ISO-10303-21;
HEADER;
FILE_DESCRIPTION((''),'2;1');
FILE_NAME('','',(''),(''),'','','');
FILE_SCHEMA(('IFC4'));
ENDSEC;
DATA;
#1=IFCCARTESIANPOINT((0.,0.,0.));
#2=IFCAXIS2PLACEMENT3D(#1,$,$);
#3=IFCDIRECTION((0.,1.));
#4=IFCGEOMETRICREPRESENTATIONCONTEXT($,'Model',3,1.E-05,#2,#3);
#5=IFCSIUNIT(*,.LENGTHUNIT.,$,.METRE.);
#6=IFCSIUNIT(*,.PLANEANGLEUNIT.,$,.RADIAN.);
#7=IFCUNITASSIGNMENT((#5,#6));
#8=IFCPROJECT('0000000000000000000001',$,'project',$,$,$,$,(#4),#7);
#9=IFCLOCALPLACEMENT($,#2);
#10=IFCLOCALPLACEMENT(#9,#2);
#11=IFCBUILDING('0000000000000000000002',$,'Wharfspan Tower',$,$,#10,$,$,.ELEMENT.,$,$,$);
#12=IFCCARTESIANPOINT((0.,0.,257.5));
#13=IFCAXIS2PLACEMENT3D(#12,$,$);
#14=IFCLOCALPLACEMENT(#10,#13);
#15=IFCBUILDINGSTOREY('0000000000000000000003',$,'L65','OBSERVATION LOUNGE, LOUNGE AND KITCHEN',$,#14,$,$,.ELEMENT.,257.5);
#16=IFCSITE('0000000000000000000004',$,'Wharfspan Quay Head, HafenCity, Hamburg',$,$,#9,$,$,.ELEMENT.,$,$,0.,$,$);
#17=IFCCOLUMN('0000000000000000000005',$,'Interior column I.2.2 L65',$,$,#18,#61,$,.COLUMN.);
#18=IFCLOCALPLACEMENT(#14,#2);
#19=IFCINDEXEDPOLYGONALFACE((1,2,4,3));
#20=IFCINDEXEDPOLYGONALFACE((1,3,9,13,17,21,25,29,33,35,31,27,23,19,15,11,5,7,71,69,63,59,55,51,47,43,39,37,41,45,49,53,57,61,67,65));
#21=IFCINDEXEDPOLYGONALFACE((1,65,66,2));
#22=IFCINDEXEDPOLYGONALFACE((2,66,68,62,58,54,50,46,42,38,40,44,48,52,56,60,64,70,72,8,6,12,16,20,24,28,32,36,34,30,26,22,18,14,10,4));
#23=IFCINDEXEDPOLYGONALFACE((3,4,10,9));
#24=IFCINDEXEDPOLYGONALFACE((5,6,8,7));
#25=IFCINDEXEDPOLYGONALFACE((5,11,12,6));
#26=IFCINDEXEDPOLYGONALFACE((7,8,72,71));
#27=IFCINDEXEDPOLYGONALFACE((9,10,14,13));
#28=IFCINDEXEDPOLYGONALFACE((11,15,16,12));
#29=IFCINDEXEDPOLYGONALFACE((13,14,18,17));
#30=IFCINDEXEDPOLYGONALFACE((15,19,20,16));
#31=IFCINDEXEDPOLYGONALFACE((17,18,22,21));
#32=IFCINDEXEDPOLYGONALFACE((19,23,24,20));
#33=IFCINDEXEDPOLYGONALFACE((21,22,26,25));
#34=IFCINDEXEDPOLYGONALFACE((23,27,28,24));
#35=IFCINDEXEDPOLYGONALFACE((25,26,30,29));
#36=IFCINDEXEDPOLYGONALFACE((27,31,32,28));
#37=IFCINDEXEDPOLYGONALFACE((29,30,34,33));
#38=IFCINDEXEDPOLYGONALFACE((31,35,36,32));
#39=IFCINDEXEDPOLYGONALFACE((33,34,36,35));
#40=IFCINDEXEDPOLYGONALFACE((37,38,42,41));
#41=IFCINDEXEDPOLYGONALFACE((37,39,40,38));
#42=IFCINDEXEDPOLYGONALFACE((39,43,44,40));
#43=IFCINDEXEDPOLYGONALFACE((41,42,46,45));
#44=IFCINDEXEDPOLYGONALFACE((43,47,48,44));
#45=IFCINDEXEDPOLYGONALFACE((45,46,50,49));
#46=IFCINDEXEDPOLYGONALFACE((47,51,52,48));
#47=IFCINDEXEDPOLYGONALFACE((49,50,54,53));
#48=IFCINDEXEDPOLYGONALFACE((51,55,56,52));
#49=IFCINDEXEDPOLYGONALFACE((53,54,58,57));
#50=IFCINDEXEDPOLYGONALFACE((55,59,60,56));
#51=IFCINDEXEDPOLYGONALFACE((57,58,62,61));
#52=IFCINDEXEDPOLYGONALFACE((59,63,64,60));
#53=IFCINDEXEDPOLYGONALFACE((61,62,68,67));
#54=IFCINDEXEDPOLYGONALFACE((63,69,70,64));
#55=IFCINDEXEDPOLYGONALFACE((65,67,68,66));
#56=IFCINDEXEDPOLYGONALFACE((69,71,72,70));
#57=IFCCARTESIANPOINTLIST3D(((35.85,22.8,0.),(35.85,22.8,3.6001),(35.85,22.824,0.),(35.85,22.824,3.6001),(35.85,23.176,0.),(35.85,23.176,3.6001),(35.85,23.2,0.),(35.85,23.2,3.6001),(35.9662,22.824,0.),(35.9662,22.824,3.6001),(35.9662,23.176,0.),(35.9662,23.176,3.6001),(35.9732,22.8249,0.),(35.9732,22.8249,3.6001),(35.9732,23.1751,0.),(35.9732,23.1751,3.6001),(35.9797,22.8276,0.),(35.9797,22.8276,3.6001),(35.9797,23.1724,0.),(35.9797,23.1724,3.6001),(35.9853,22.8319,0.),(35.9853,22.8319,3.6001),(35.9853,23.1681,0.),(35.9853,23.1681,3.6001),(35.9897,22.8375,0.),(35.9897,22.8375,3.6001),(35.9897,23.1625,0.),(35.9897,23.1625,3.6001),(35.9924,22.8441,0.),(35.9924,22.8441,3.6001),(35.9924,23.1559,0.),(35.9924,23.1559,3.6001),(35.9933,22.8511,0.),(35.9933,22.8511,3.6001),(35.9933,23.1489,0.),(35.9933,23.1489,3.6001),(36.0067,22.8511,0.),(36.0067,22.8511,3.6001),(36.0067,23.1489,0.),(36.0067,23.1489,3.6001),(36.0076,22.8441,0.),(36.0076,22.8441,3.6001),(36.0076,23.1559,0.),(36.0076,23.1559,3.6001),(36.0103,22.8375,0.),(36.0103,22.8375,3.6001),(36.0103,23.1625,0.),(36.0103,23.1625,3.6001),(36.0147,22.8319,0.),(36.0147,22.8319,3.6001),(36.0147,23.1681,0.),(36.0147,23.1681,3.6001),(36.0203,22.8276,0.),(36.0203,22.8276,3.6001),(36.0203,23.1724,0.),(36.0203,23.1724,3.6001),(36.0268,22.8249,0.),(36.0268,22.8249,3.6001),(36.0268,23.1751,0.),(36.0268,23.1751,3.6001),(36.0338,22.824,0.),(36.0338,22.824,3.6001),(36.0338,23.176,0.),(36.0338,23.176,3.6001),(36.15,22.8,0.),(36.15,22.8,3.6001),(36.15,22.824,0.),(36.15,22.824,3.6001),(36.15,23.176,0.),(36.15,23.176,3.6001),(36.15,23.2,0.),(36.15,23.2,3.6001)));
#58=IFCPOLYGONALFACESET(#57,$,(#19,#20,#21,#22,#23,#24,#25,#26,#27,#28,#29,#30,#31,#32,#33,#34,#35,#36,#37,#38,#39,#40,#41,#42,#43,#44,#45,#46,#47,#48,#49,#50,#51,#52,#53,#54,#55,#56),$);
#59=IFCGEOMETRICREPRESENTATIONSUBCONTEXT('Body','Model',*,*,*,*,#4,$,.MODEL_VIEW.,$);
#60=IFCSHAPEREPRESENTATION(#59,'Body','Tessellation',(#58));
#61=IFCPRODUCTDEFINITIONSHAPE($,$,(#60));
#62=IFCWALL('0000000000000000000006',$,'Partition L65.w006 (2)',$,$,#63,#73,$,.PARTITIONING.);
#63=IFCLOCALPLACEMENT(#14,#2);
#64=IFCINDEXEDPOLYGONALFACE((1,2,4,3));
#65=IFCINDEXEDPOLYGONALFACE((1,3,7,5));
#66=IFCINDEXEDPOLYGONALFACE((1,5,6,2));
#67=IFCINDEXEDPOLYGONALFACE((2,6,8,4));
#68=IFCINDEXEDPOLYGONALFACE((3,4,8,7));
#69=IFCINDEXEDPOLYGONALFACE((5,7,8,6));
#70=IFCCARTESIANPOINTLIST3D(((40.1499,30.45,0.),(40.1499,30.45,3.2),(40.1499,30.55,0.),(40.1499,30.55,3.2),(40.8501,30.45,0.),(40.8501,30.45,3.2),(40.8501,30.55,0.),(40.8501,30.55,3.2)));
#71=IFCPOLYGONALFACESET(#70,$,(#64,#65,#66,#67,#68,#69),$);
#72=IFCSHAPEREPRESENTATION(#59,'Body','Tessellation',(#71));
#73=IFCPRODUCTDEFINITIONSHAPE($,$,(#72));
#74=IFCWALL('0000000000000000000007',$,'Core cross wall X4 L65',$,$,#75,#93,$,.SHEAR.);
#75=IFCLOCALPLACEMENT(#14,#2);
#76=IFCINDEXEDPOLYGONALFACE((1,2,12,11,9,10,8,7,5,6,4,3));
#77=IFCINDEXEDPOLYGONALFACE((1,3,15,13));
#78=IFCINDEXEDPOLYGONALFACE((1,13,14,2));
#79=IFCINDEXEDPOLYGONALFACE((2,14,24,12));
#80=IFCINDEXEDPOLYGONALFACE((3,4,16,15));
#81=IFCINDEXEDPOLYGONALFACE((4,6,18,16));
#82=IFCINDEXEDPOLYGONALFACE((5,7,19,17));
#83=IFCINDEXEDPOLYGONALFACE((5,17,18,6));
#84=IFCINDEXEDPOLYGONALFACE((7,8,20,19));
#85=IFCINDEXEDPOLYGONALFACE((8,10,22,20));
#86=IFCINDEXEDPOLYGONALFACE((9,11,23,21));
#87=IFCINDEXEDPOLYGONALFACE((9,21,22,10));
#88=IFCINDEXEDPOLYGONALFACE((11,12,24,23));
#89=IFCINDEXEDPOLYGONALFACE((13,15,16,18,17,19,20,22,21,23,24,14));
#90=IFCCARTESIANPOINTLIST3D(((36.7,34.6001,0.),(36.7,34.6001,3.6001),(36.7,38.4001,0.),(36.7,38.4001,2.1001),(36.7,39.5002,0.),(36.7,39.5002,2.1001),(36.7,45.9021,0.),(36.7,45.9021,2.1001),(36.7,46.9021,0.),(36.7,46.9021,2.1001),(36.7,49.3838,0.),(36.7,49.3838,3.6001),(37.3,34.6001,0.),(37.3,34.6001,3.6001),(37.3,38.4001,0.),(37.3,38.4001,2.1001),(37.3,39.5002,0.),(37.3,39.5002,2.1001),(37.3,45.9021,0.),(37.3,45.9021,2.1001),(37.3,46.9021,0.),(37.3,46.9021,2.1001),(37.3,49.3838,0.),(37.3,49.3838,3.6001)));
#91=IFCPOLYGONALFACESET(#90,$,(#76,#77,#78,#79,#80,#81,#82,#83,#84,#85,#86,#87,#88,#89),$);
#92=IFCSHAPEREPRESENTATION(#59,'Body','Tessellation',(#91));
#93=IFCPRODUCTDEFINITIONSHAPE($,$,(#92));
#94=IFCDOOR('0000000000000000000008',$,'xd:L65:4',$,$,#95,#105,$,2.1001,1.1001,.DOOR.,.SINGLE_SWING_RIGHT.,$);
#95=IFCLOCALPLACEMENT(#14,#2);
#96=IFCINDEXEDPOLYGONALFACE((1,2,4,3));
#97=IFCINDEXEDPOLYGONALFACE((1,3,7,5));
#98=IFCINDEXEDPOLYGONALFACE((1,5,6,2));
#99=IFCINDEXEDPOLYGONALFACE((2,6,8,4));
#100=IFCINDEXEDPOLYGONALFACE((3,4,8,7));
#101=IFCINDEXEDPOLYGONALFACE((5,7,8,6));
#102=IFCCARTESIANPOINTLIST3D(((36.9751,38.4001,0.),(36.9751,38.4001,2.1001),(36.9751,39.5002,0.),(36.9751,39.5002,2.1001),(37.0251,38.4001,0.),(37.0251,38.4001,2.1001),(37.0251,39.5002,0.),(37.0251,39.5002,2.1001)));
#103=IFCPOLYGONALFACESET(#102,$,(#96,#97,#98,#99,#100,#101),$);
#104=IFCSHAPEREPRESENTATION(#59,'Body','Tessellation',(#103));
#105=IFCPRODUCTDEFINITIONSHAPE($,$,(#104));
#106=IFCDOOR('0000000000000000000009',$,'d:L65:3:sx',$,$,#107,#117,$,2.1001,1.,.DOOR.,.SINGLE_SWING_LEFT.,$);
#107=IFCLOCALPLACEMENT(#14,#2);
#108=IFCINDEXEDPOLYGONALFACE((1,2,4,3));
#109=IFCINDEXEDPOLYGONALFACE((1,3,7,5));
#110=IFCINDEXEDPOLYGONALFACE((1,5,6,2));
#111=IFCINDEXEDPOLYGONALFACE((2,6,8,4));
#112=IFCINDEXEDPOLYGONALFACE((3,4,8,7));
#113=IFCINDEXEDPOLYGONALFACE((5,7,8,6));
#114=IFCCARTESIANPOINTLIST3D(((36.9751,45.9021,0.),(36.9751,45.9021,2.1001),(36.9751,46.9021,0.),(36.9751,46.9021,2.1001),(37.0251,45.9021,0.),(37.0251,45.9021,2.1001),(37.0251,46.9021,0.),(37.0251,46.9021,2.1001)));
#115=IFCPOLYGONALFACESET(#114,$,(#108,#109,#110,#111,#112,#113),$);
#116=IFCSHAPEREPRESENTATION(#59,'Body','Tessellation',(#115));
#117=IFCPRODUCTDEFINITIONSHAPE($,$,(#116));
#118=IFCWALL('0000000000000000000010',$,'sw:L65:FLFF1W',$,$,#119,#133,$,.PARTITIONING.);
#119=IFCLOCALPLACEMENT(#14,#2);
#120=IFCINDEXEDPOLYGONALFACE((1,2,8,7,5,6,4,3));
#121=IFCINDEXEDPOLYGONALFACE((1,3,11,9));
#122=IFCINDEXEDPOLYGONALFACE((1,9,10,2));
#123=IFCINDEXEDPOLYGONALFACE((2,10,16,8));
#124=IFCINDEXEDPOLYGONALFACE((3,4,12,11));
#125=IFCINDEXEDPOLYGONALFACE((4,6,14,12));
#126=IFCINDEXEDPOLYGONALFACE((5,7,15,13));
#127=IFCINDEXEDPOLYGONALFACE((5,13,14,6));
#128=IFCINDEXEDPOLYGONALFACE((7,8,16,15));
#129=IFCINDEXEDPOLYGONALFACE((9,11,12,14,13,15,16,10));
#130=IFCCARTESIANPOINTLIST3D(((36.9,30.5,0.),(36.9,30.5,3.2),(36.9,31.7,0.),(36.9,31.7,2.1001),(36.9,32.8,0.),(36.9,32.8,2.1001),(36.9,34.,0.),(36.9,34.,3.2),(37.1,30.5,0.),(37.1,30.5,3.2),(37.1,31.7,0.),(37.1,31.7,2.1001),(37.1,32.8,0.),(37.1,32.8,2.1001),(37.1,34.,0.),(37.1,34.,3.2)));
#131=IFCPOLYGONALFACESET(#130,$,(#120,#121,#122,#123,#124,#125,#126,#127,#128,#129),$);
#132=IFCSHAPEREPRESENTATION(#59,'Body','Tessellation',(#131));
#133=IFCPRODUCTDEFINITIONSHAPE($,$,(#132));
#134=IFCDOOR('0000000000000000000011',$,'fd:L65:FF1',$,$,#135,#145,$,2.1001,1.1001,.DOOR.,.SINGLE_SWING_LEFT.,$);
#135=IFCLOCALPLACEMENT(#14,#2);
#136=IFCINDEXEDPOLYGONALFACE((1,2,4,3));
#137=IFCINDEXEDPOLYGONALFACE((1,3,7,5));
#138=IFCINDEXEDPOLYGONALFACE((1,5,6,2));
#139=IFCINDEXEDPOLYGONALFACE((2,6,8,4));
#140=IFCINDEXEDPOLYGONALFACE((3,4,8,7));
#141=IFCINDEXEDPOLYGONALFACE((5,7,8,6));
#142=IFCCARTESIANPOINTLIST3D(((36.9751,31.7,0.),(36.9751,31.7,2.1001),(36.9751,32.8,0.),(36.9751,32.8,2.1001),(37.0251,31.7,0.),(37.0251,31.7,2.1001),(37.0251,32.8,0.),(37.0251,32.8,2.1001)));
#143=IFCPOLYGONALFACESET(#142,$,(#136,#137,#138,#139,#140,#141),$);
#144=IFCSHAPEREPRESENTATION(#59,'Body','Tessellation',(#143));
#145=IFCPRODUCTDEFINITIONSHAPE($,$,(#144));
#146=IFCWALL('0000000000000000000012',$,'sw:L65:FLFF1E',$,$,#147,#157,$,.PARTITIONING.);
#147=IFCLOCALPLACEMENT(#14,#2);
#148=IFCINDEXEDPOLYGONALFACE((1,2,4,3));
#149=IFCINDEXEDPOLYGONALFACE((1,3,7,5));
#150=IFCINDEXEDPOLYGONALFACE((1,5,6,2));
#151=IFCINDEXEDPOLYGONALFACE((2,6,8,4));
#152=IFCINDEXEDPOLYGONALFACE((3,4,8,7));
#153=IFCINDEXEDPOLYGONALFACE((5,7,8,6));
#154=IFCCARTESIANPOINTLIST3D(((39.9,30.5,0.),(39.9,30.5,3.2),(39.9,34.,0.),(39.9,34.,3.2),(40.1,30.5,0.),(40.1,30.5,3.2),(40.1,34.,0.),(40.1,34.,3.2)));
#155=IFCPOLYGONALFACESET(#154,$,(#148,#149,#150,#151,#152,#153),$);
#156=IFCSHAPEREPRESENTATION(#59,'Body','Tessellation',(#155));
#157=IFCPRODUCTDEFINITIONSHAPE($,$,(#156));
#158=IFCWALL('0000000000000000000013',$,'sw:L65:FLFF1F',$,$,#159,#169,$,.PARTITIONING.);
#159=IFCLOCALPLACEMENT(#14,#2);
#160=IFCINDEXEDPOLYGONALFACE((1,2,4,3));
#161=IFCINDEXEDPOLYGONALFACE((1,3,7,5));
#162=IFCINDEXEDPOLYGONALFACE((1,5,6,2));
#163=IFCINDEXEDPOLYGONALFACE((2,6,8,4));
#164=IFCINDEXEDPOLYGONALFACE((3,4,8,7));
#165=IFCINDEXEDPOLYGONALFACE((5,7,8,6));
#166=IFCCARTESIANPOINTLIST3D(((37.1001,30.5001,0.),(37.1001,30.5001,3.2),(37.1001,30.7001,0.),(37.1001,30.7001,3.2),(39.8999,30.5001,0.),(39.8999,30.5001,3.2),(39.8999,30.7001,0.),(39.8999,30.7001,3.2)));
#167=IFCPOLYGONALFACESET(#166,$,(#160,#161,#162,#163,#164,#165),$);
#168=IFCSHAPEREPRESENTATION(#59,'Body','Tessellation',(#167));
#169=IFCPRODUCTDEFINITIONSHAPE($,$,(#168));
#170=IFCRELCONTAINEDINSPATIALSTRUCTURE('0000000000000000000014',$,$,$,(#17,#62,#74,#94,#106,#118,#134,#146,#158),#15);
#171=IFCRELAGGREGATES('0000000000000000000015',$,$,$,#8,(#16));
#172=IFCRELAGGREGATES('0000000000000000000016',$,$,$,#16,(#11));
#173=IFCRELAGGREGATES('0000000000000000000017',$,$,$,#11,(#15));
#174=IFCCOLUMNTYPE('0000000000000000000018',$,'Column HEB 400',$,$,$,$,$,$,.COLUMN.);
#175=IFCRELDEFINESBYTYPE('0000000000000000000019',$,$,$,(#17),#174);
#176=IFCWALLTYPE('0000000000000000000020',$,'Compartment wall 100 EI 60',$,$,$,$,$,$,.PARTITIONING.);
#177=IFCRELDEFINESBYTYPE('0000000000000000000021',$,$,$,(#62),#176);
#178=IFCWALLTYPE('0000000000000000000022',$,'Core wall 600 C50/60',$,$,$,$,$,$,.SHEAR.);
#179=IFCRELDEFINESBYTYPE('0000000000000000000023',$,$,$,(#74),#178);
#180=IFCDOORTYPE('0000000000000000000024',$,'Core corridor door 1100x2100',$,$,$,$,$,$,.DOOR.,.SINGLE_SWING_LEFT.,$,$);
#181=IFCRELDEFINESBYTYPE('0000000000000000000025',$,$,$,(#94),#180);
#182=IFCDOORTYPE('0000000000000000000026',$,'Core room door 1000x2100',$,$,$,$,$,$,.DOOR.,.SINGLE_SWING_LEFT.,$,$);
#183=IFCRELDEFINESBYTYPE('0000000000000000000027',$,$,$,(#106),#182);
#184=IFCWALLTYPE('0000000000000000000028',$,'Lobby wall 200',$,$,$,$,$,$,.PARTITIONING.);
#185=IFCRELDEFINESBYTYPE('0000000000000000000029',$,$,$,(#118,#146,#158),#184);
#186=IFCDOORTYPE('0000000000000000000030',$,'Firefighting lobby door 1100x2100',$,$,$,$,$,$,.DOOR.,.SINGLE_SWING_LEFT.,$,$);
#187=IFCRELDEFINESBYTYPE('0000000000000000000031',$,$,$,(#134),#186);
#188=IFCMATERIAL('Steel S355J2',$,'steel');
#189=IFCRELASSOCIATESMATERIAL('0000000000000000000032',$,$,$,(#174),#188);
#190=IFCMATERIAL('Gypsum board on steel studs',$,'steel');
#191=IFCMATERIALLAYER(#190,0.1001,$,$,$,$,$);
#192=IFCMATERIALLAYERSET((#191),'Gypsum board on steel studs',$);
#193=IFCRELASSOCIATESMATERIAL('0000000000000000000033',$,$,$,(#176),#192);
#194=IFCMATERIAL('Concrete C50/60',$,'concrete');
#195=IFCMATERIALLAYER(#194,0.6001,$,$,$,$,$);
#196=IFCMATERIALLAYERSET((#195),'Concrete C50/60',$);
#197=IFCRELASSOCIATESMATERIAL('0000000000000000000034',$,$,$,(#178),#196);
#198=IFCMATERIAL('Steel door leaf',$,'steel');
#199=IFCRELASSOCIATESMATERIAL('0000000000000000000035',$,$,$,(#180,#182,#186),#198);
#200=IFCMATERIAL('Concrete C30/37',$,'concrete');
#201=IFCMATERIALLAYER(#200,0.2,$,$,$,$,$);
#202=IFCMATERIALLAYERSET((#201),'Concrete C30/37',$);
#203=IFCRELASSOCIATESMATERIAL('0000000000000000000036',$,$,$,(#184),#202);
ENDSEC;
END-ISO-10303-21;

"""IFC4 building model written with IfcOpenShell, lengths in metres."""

from ifc_helpers import new_model, si_unit, direction, frame, frame_2d, origin, origin_2d, place, context, subcontext, project, spatial, rectangle, i_section, extrude, material, layer, layer_set, material_profile, profile_set, type_object, element, fill, save


model = new_model("IFC4")

# Units and contexts
model_context = context("Model", 3, precision=1e-05, world=origin(), true_north=direction((0.0, 1.0)))
body_context = subcontext(model_context, "Body", "Model", "MODEL_VIEW")
ifc_project = project(units=[si_unit("LENGTHUNIT", "METRE"), si_unit("PLANEANGLEUNIT", "RADIAN")], contexts=[model_context])

# Site, building, storey
site_placement = place(None, origin())
site = spatial("IfcSite", under=ifc_project, at=site_placement, Name="Wharfspan Quay Head, HafenCity, Hamburg", CompositionType="ELEMENT", RefElevation=0.0)
building_placement = place(site_placement, origin())
building = spatial("IfcBuilding", under=site, at=building_placement, Name="Wharfspan Tower", CompositionType="ELEMENT")
storey_placement = place(building_placement, frame((0.0, 0.0, 257.5)))
storey = spatial("IfcBuildingStorey", under=building, at=storey_placement, Name="L65", Description="OBSERVATION LOUNGE, LOUNGE AND KITCHEN", CompositionType="ELEMENT", Elevation=257.5)

# Column
ifc_material_1 = material(Name="Steel S355J2", Category="steel")
ifc_material_profile = material_profile(ifc_material_1, i_section(OverallWidth=0.3, OverallDepth=0.3999, WebThickness=0.0134, FlangeThickness=0.0239, FilletRadius=0.0271, at=origin_2d()))
ifc_profile_set = profile_set([ifc_material_profile], Name="Steel S355J2")
column_type = type_object("IfcColumnType", Name="Column HEB 400", PredefinedType="COLUMN", material=ifc_profile_set)
column_placement = place(storey_placement, frame((36.0, 23.0, 0.0), z_axis=(0.0, 0.0, 1.0), x_axis=(1.0, 0.0, 0.0)))
element("IfcColumn", 1, at=column_placement, inside=storey, type_object=column_type, Name="Interior column I.2.2 L65", PredefinedType="COLUMN", context=body_context, shape_type="SweptSolid", body=[
    extrude(i_section(OverallWidth=0.3, OverallDepth=0.3999, WebThickness=0.0134, FlangeThickness=0.0239, FilletRadius=0.0271, at=origin_2d()), origin(), (0.0, 0.0, 1.0), 3.6001),
])

# Wall
ifc_material_2 = material(Name="Gypsum board on steel studs", Category="steel")
ifc_layer_1 = layer(ifc_material_2, 0.1001)
ifc_layer_set_1 = layer_set([ifc_layer_1], Name="Gypsum board on steel studs")
wall_type_1 = type_object("IfcWallType", Name="Compartment wall 100 EI 60", PredefinedType="PARTITIONING", material=ifc_layer_set_1)
wall_1_placement = place(storey_placement, frame((40.1499, 30.5, 0.0), z_axis=(0.0, 0.0, 1.0), x_axis=(1.0, 0.0, 0.0)))
element("IfcWall", 2, at=wall_1_placement, inside=storey, type_object=wall_type_1, Name="Partition L65.w006 (2)", PredefinedType="PARTITIONING", context=body_context, shape_type="SweptSolid", body=[
    extrude(rectangle(XDim=0.7002, YDim=0.1001, at=frame_2d((0.3501, 0.0))), origin(), (0.0, 0.0, 1.0), 3.2),
])

# Wall, openings, doors
ifc_material_3 = material(Name="Concrete C50/60", Category="concrete")
ifc_layer_2 = layer(ifc_material_3, 0.6001)
ifc_layer_set_2 = layer_set([ifc_layer_2], Name="Concrete C50/60")
wall_type_2 = type_object("IfcWallType", Name="Core wall 600 C50/60", PredefinedType="SHEAR", material=ifc_layer_set_2)
wall_2_placement = place(storey_placement, frame((37.0, 34.6001, 0.0), z_axis=(0.0, 0.0, 1.0), x_axis=(0.0, 1.0, 0.0)))
wall_2 = element("IfcWall", 3, at=wall_2_placement, inside=storey, type_object=wall_type_2, Name="Core cross wall X4 L65", PredefinedType="SHEAR", context=body_context, shape_type="SweptSolid", body=[
    extrude(rectangle(XDim=14.7837, YDim=0.6001, at=frame_2d((7.3918, 0.0))), origin(), (0.0, 0.0, 1.0), 3.6001),
])
opening_1_placement = place(wall_2_placement, frame((11.302, 0.0, 0.0)))
opening_1 = element("IfcOpeningElement", 4, at=opening_1_placement, cuts=wall_2, PredefinedType="OPENING", context=body_context, shape_type="SweptSolid", body=[
    extrude(rectangle(XDim=1.0, YDim=2.1001, at=frame_2d((0.5, 1.05))), frame((0.0, 0.3101, 0.0), z_axis=(0.0, -1.0, 0.0), x_axis=(1.0, 0.0, 0.0)), (0.0, 0.0, 1.0), 0.6201),
])
opening_2_placement = place(wall_2_placement, frame((3.8, 0.0, 0.0)))
opening_2 = element("IfcOpeningElement", 5, at=opening_2_placement, cuts=wall_2, PredefinedType="OPENING", context=body_context, shape_type="SweptSolid", body=[
    extrude(rectangle(XDim=1.1001, YDim=2.1001, at=frame_2d((0.55, 1.05))), frame((0.0, 0.3101, 0.0), z_axis=(0.0, -1.0, 0.0), x_axis=(1.0, 0.0, 0.0)), (0.0, 0.0, 1.0), 0.6201),
])
ifc_material_4 = material(Name="Steel door leaf", Category="steel")
door_type_1 = type_object("IfcDoorType", Name="Core corridor door 1100x2100", OperationType="SINGLE_SWING_LEFT", PredefinedType="DOOR", material=ifc_material_4)
door_1_placement = place(opening_2_placement, origin())
door_1 = element("IfcDoor", 6, at=door_1_placement, inside=storey, type_object=door_type_1, Name="xd:L65:4", OperationType="SINGLE_SWING_RIGHT", OverallHeight=2.1001, OverallWidth=1.1001, PredefinedType="DOOR", context=body_context, shape_type="SweptSolid", body=[
    extrude(rectangle(XDim=1.1001, YDim=2.1001, at=frame_2d((0.55, 1.05))), frame((0.0, 0.0249, 0.0), z_axis=(0.0, -1.0, 0.0), x_axis=(1.0, 0.0, 0.0)), (0.0, 0.0, 1.0), 0.05),
])
fill(opening_2, door_1)
door_type_2 = type_object("IfcDoorType", Name="Core room door 1000x2100", OperationType="SINGLE_SWING_LEFT", PredefinedType="DOOR", material=ifc_material_4)
door_2_placement = place(opening_1_placement, origin())
door_2 = element("IfcDoor", 7, at=door_2_placement, inside=storey, type_object=door_type_2, Name="d:L65:3:sx", OperationType="SINGLE_SWING_LEFT", OverallHeight=2.1001, OverallWidth=1.0, PredefinedType="DOOR", context=body_context, shape_type="SweptSolid", body=[
    extrude(rectangle(XDim=1.0, YDim=2.1001, at=frame_2d((0.5, 1.05))), frame((0.0, 0.0249, 0.0), z_axis=(0.0, -1.0, 0.0), x_axis=(1.0, 0.0, 0.0)), (0.0, 0.0, 1.0), 0.05),
])
fill(opening_1, door_2)

# Wall, opening, door
ifc_material_5 = material(Name="Concrete C30/37", Category="concrete")
ifc_layer_3 = layer(ifc_material_5, 0.2)
ifc_layer_set_3 = layer_set([ifc_layer_3], Name="Concrete C30/37")
wall_type_3 = type_object("IfcWallType", Name="Lobby wall 200", PredefinedType="PARTITIONING", material=ifc_layer_set_3)
wall_3_placement = place(storey_placement, frame((37.0, 30.5, 0.0), z_axis=(0.0, 0.0, 1.0), x_axis=(0.0, 1.0, 0.0)))
wall_3 = element("IfcWall", 8, at=wall_3_placement, inside=storey, type_object=wall_type_3, Name="sw:L65:FLFF1W", PredefinedType="PARTITIONING", context=body_context, shape_type="SweptSolid", body=[
    extrude(rectangle(XDim=3.5, YDim=0.2, at=frame_2d((1.75, 0.0))), origin(), (0.0, 0.0, 1.0), 3.2),
])
opening_3_placement = place(wall_3_placement, frame((1.2, 0.0, 0.0)))
opening_3 = element("IfcOpeningElement", 9, at=opening_3_placement, cuts=wall_3, PredefinedType="OPENING", context=body_context, shape_type="SweptSolid", body=[
    extrude(rectangle(XDim=1.1001, YDim=2.1001, at=frame_2d((0.55, 1.05))), frame((0.0, 0.1099, 0.0), z_axis=(0.0, -1.0, 0.0), x_axis=(1.0, 0.0, 0.0)), (0.0, 0.0, 1.0), 0.22),
])
door_type_3 = type_object("IfcDoorType", Name="Firefighting lobby door 1100x2100", OperationType="SINGLE_SWING_LEFT", PredefinedType="DOOR", material=ifc_material_4)
door_3_placement = place(opening_3_placement, origin())
door_3 = element("IfcDoor", 10, at=door_3_placement, inside=storey, type_object=door_type_3, Name="fd:L65:FF1", OperationType="SINGLE_SWING_LEFT", OverallHeight=2.1001, OverallWidth=1.1001, PredefinedType="DOOR", context=body_context, shape_type="SweptSolid", body=[
    extrude(rectangle(XDim=1.1001, YDim=2.1001, at=frame_2d((0.55, 1.05))), frame((0.0, 0.0249, 0.0), z_axis=(0.0, -1.0, 0.0), x_axis=(1.0, 0.0, 0.0)), (0.0, 0.0, 1.0), 0.05),
])
fill(opening_3, door_3)

# Walls
wall_4_placement = place(storey_placement, frame((40.0, 30.5, 0.0), z_axis=(0.0, 0.0, 1.0), x_axis=(0.0, 1.0, 0.0)))
element("IfcWall", 11, at=wall_4_placement, inside=storey, type_object=wall_type_3, Name="sw:L65:FLFF1E", PredefinedType="PARTITIONING", context=body_context, shape_type="SweptSolid", body=[
    extrude(rectangle(XDim=3.5, YDim=0.2, at=frame_2d((1.75, 0.0))), origin(), (0.0, 0.0, 1.0), 3.2),
])
wall_5_placement = place(storey_placement, frame((37.1001, 30.6001, 0.0), z_axis=(0.0, 0.0, 1.0), x_axis=(1.0, 0.0, 0.0)))
element("IfcWall", 12, at=wall_5_placement, inside=storey, type_object=wall_type_3, Name="sw:L65:FLFF1F", PredefinedType="PARTITIONING", context=body_context, shape_type="SweptSolid", body=[
    extrude(rectangle(XDim=2.7998, YDim=0.2, at=frame_2d((1.3999, 0.0))), origin(), (0.0, 0.0, 1.0), 3.2),
])

save(model, "model.ifc")
